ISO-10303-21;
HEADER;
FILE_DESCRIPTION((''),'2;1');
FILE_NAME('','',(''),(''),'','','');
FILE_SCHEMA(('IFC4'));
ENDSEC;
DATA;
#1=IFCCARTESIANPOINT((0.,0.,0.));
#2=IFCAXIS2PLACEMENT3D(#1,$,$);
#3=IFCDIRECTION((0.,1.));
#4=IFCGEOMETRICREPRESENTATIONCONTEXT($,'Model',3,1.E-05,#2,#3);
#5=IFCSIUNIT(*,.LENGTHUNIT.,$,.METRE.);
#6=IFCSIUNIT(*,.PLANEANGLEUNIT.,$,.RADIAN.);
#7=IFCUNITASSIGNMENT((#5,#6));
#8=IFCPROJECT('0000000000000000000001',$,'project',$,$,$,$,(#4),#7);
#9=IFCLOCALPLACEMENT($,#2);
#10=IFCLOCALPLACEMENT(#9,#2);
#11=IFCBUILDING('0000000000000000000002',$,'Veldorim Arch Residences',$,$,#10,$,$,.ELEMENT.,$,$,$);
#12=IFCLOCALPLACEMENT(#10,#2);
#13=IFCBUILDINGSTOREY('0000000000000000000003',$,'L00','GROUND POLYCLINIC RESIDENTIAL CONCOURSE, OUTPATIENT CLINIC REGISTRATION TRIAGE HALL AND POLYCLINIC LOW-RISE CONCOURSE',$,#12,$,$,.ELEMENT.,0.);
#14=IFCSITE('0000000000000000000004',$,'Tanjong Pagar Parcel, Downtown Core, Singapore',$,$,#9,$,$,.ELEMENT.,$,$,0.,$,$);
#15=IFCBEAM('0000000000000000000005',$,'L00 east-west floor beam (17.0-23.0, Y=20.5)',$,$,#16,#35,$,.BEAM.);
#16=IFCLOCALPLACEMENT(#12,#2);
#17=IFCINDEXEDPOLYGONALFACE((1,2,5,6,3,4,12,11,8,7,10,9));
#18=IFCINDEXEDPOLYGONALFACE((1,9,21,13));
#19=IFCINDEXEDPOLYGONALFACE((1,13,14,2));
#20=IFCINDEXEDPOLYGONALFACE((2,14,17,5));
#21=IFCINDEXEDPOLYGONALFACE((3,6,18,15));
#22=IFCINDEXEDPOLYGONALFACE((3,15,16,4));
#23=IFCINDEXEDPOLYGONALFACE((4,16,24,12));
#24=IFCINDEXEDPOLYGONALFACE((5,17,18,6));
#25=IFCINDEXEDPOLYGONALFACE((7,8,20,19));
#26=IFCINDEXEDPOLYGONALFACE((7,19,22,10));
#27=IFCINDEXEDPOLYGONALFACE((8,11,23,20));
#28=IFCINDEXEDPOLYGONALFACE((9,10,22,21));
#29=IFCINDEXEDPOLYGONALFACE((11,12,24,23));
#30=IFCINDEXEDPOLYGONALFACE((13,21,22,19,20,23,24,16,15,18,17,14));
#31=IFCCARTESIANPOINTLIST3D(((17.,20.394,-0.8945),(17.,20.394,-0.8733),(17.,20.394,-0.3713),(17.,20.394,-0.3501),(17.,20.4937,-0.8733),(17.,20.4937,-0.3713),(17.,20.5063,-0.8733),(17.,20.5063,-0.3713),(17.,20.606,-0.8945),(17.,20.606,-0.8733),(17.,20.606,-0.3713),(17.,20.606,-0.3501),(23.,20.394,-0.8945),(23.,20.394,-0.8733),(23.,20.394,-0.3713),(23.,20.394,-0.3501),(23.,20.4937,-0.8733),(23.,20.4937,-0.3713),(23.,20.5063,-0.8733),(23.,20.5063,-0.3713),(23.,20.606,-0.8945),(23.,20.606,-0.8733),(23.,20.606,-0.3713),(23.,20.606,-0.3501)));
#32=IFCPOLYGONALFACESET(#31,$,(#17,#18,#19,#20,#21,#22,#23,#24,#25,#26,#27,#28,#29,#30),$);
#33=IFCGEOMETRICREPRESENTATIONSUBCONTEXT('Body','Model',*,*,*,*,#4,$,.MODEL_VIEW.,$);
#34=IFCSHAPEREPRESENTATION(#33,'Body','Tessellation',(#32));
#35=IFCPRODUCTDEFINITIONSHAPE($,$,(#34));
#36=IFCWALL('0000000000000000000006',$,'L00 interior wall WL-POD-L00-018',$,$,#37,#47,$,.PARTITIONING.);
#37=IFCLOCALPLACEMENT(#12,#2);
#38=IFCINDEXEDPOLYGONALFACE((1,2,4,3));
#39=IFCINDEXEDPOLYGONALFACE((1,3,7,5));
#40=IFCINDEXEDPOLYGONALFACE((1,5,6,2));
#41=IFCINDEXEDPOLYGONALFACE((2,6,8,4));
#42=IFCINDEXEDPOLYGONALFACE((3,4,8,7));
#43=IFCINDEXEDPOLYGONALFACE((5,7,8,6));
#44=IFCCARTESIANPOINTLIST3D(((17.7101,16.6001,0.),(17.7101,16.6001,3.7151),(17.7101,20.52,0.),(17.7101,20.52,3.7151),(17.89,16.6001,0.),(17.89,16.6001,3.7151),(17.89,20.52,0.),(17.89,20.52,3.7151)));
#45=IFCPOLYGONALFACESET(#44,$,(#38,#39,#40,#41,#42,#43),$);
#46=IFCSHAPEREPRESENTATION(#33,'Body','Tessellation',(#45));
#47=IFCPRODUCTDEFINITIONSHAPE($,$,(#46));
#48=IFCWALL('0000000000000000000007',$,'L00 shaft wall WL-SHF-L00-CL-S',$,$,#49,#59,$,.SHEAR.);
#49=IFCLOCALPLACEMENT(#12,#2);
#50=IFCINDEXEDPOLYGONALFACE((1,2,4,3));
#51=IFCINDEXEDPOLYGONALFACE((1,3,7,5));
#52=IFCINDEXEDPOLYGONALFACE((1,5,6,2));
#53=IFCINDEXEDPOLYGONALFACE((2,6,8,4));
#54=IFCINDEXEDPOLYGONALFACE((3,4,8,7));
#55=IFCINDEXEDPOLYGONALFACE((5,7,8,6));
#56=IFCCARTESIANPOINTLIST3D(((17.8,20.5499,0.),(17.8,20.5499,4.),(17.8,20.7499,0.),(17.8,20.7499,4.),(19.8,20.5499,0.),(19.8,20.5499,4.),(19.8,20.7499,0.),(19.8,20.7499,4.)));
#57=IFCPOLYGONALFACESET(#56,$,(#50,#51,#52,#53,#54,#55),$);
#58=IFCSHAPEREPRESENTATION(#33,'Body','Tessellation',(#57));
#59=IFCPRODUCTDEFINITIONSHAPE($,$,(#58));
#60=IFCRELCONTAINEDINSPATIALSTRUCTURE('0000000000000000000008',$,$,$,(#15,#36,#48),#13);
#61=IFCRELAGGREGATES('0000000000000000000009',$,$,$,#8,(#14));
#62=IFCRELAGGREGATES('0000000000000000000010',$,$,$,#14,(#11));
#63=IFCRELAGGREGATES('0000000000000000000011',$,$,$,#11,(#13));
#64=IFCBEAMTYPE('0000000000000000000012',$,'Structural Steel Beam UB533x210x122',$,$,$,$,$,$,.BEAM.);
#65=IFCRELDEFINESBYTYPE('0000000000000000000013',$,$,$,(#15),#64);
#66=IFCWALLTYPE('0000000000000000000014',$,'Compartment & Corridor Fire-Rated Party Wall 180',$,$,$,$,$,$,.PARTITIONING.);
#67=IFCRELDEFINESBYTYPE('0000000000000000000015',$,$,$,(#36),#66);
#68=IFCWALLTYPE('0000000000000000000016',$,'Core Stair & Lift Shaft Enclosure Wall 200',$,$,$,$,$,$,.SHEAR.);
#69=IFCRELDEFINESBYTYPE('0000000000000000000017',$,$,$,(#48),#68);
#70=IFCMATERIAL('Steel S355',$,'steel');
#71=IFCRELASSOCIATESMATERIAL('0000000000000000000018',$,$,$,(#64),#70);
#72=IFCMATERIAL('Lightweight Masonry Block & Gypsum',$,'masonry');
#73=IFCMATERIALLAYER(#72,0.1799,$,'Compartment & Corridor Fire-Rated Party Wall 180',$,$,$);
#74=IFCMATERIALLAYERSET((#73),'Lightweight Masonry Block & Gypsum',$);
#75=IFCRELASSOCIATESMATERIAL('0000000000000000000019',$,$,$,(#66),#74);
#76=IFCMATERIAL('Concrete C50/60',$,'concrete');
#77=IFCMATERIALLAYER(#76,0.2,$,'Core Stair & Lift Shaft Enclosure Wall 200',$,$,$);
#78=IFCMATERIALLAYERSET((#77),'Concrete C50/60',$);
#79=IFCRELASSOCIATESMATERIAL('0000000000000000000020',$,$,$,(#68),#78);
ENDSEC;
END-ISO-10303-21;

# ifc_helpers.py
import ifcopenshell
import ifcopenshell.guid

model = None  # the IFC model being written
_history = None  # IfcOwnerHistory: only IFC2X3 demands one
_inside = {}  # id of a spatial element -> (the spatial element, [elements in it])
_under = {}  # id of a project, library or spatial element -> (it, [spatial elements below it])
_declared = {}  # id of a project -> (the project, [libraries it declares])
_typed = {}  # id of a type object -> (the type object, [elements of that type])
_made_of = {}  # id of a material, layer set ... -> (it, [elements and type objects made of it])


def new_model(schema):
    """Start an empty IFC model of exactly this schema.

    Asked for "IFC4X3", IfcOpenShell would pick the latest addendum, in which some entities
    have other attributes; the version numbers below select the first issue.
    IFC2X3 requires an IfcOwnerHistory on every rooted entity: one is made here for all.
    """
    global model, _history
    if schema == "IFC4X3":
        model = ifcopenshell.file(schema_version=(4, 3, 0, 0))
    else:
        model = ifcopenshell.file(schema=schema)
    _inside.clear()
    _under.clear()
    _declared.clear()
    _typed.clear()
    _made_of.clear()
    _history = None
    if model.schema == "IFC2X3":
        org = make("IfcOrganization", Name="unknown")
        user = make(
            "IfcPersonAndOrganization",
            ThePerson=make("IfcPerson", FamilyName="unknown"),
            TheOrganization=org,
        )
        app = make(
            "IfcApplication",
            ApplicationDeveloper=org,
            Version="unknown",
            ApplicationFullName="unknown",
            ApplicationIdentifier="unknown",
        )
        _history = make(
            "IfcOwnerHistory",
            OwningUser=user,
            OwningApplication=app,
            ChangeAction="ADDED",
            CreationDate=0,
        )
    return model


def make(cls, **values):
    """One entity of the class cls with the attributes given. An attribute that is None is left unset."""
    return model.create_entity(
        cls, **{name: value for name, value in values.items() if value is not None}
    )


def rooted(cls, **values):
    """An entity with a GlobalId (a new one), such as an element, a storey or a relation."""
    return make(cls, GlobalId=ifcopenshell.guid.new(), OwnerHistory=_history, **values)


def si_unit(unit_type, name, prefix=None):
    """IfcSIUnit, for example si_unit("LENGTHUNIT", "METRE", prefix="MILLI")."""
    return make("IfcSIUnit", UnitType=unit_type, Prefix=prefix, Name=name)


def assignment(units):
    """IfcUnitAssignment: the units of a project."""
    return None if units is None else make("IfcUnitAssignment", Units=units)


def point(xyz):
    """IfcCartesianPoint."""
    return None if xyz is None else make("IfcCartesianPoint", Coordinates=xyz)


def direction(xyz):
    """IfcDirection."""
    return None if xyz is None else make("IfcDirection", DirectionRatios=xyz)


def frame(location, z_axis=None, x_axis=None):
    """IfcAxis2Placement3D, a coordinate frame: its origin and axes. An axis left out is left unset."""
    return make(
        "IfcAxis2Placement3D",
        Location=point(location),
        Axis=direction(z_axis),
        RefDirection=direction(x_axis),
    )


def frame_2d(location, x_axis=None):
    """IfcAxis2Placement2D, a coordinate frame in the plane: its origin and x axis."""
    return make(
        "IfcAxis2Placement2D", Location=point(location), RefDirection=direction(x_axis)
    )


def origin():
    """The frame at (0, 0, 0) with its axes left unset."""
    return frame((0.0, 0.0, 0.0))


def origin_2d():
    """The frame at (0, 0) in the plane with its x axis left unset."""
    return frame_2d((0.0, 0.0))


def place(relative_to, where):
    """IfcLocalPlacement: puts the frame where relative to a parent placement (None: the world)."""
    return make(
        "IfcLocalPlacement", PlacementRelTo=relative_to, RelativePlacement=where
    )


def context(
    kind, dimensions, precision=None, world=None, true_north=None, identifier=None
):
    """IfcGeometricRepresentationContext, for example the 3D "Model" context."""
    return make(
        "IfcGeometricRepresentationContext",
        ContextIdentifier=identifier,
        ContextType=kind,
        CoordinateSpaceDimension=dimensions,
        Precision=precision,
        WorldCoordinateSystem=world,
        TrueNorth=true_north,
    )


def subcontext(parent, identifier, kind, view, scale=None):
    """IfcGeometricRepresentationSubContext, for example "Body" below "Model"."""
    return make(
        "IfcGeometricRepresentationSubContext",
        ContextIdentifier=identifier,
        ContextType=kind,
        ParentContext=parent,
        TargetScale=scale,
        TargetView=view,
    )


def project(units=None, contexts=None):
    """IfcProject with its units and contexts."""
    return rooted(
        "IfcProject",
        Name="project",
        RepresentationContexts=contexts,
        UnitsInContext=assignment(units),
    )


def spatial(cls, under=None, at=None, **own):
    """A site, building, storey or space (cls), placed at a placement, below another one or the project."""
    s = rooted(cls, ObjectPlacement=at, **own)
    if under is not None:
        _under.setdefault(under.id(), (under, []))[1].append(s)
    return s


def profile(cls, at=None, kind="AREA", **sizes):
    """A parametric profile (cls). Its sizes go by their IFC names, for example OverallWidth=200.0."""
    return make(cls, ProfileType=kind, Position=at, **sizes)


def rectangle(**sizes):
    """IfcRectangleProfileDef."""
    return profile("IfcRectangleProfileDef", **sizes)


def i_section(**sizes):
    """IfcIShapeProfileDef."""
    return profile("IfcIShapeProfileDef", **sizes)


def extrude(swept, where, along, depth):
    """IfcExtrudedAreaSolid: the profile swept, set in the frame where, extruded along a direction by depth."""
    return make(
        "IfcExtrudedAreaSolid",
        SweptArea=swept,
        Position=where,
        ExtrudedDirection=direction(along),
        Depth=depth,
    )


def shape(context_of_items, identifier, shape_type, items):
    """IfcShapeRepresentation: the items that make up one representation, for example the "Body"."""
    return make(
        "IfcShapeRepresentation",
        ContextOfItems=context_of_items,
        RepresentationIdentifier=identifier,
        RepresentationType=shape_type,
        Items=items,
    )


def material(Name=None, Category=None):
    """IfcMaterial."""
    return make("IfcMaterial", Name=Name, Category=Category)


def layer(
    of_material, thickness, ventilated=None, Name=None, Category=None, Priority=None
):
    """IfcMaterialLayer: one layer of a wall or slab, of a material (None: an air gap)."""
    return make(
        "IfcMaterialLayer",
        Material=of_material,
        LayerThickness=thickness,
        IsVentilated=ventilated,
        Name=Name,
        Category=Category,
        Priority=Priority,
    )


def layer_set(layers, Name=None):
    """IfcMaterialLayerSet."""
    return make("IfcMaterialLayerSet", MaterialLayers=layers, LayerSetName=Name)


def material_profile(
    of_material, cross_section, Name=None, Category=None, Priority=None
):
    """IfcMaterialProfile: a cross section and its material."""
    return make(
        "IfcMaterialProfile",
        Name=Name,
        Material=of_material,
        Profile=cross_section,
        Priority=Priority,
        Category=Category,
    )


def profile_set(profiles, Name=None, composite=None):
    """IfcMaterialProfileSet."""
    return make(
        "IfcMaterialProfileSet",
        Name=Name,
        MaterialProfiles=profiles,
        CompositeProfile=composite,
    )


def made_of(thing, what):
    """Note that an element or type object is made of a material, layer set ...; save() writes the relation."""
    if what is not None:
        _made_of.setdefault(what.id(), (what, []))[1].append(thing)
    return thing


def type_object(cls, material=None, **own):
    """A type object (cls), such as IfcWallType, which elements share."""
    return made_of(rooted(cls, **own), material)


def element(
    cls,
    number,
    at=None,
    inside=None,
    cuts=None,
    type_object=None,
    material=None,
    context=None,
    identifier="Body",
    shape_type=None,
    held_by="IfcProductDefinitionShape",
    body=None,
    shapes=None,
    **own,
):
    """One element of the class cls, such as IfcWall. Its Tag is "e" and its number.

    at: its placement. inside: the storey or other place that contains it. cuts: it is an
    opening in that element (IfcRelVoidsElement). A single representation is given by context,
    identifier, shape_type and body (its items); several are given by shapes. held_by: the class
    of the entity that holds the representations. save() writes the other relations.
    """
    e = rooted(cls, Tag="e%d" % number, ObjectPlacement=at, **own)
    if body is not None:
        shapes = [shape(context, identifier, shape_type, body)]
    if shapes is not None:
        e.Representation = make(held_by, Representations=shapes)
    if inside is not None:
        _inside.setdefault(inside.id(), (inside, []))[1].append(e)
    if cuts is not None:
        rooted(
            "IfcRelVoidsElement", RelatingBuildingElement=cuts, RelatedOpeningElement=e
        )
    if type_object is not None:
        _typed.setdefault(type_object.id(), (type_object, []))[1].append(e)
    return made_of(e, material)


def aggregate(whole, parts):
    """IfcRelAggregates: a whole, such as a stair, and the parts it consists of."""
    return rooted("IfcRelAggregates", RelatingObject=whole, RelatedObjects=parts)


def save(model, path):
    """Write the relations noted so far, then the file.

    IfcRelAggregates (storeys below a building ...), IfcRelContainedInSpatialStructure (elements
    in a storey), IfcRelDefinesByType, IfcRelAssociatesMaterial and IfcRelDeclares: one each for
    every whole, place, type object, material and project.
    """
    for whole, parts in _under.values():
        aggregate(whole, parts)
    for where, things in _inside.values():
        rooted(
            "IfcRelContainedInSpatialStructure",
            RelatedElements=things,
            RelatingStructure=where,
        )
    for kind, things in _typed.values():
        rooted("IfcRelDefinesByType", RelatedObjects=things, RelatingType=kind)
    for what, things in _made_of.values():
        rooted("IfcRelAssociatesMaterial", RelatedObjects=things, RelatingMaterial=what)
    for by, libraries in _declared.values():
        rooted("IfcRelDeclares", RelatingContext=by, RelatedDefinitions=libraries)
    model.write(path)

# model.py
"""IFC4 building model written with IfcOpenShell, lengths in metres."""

from ifc_helpers import new_model, si_unit, direction, frame, frame_2d, origin, origin_2d, place, context, subcontext, project, spatial, rectangle, i_section, extrude, material, layer, layer_set, material_profile, profile_set, type_object, element, save


model = new_model("IFC4")

# Units and contexts
model_context = context("Model", 3, precision=1e-05, world=origin(), true_north=direction((0.0, 1.0)))
body_context = subcontext(model_context, "Body", "Model", "MODEL_VIEW")
ifc_project = project(units=[si_unit("LENGTHUNIT", "METRE"), si_unit("PLANEANGLEUNIT", "RADIAN")], contexts=[model_context])

# Site, building, storey
site_placement = place(None, origin())
site = spatial("IfcSite", under=ifc_project, at=site_placement, Name="Tanjong Pagar Parcel, Downtown Core, Singapore", CompositionType="ELEMENT", RefElevation=0.0)
building_placement = place(site_placement, origin())
building = spatial("IfcBuilding", under=site, at=building_placement, Name="Veldorim Arch Residences", CompositionType="ELEMENT")
storey_placement = place(building_placement, origin())
storey = spatial("IfcBuildingStorey", under=building, at=storey_placement, Name="L00", Description="GROUND POLYCLINIC RESIDENTIAL CONCOURSE, OUTPATIENT CLINIC REGISTRATION TRIAGE HALL AND POLYCLINIC LOW-RISE CONCOURSE", CompositionType="ELEMENT", Elevation=0.0)

# Beam
ifc_material_1 = material(Name="Steel S355", Category="steel")
ifc_material_profile_1 = material_profile(ifc_material_1, i_section(OverallWidth=0.2119, OverallDepth=0.5444, WebThickness=0.0127, FlangeThickness=0.0212, at=origin_2d()), Name="UB533x210x122")
ifc_profile_set_1 = profile_set([ifc_material_profile_1], Name="Steel S355")
beam_type_1 = type_object("IfcBeamType", Name="Structural Steel Beam UB533x210x122", PredefinedType="BEAM", material=ifc_profile_set_1)
for number, where, z_axis, x_axis, name in (
    (1, (17.0, 20.5, -0.6223), (1.0, 0.0, 0.0), (0.0, 1.0, 0.0), "L00 east-west floor beam (17.0-23.0, Y=20.5)"),
):
    element("IfcBeam", number, at=place(storey_placement, frame(where, z_axis=z_axis, x_axis=x_axis)), inside=storey, type_object=beam_type_1, Name=name, PredefinedType="BEAM", context=body_context, shape_type="SweptSolid", body=[
        extrude(i_section(OverallWidth=0.2119, OverallDepth=0.5444, WebThickness=0.0127, FlangeThickness=0.0212, at=origin_2d()), origin(), (0.0, 0.0, 1.0), 6.0),
    ])

# Wall
ifc_material_2 = material(Name="Lightweight Masonry Block & Gypsum", Category="masonry")
ifc_layer_1 = layer(ifc_material_2, 0.1799, Name="Compartment & Corridor Fire-Rated Party Wall 180")
ifc_layer_set_1 = layer_set([ifc_layer_1], Name="Lightweight Masonry Block & Gypsum")
wall_type_1 = type_object("IfcWallType", Name="Compartment & Corridor Fire-Rated Party Wall 180", PredefinedType="PARTITIONING", material=ifc_layer_set_1)
wall_1_placement = place(storey_placement, frame((17.8, 20.52, 0.0), z_axis=(0.0, 0.0, 1.0), x_axis=(0.0, -1.0, 0.0)))
element("IfcWall", 2, at=wall_1_placement, inside=storey, type_object=wall_type_1, Name="L00 interior wall WL-POD-L00-018", PredefinedType="PARTITIONING", context=body_context, shape_type="SweptSolid", body=[
    extrude(rectangle(XDim=3.9199, YDim=0.1799, at=frame_2d((1.96, 0.0))), origin(), (0.0, 0.0, 1.0), 3.7151),
])

# Wall
ifc_material_3 = material(Name="Concrete C50/60", Category="concrete")
ifc_layer_2 = layer(ifc_material_3, 0.2, Name="Core Stair & Lift Shaft Enclosure Wall 200")
ifc_layer_set_2 = layer_set([ifc_layer_2], Name="Concrete C50/60")
wall_type_2 = type_object("IfcWallType", Name="Core Stair & Lift Shaft Enclosure Wall 200", PredefinedType="SHEAR", material=ifc_layer_set_2)
wall_2_placement = place(storey_placement, frame((17.8, 20.6499, 0.0), z_axis=(0.0, 0.0, 1.0), x_axis=(1.0, 0.0, 0.0)))
element("IfcWall", 3, at=wall_2_placement, inside=storey, type_object=wall_type_2, Name="L00 shaft wall WL-SHF-L00-CL-S", PredefinedType="SHEAR", context=body_context, shape_type="SweptSolid", body=[
    extrude(rectangle(XDim=2.0, YDim=0.2, at=frame_2d((1.0, 0.0))), origin(), (0.0, 0.0, 1.0), 4.0),
])

save(model, "model.ifc")
